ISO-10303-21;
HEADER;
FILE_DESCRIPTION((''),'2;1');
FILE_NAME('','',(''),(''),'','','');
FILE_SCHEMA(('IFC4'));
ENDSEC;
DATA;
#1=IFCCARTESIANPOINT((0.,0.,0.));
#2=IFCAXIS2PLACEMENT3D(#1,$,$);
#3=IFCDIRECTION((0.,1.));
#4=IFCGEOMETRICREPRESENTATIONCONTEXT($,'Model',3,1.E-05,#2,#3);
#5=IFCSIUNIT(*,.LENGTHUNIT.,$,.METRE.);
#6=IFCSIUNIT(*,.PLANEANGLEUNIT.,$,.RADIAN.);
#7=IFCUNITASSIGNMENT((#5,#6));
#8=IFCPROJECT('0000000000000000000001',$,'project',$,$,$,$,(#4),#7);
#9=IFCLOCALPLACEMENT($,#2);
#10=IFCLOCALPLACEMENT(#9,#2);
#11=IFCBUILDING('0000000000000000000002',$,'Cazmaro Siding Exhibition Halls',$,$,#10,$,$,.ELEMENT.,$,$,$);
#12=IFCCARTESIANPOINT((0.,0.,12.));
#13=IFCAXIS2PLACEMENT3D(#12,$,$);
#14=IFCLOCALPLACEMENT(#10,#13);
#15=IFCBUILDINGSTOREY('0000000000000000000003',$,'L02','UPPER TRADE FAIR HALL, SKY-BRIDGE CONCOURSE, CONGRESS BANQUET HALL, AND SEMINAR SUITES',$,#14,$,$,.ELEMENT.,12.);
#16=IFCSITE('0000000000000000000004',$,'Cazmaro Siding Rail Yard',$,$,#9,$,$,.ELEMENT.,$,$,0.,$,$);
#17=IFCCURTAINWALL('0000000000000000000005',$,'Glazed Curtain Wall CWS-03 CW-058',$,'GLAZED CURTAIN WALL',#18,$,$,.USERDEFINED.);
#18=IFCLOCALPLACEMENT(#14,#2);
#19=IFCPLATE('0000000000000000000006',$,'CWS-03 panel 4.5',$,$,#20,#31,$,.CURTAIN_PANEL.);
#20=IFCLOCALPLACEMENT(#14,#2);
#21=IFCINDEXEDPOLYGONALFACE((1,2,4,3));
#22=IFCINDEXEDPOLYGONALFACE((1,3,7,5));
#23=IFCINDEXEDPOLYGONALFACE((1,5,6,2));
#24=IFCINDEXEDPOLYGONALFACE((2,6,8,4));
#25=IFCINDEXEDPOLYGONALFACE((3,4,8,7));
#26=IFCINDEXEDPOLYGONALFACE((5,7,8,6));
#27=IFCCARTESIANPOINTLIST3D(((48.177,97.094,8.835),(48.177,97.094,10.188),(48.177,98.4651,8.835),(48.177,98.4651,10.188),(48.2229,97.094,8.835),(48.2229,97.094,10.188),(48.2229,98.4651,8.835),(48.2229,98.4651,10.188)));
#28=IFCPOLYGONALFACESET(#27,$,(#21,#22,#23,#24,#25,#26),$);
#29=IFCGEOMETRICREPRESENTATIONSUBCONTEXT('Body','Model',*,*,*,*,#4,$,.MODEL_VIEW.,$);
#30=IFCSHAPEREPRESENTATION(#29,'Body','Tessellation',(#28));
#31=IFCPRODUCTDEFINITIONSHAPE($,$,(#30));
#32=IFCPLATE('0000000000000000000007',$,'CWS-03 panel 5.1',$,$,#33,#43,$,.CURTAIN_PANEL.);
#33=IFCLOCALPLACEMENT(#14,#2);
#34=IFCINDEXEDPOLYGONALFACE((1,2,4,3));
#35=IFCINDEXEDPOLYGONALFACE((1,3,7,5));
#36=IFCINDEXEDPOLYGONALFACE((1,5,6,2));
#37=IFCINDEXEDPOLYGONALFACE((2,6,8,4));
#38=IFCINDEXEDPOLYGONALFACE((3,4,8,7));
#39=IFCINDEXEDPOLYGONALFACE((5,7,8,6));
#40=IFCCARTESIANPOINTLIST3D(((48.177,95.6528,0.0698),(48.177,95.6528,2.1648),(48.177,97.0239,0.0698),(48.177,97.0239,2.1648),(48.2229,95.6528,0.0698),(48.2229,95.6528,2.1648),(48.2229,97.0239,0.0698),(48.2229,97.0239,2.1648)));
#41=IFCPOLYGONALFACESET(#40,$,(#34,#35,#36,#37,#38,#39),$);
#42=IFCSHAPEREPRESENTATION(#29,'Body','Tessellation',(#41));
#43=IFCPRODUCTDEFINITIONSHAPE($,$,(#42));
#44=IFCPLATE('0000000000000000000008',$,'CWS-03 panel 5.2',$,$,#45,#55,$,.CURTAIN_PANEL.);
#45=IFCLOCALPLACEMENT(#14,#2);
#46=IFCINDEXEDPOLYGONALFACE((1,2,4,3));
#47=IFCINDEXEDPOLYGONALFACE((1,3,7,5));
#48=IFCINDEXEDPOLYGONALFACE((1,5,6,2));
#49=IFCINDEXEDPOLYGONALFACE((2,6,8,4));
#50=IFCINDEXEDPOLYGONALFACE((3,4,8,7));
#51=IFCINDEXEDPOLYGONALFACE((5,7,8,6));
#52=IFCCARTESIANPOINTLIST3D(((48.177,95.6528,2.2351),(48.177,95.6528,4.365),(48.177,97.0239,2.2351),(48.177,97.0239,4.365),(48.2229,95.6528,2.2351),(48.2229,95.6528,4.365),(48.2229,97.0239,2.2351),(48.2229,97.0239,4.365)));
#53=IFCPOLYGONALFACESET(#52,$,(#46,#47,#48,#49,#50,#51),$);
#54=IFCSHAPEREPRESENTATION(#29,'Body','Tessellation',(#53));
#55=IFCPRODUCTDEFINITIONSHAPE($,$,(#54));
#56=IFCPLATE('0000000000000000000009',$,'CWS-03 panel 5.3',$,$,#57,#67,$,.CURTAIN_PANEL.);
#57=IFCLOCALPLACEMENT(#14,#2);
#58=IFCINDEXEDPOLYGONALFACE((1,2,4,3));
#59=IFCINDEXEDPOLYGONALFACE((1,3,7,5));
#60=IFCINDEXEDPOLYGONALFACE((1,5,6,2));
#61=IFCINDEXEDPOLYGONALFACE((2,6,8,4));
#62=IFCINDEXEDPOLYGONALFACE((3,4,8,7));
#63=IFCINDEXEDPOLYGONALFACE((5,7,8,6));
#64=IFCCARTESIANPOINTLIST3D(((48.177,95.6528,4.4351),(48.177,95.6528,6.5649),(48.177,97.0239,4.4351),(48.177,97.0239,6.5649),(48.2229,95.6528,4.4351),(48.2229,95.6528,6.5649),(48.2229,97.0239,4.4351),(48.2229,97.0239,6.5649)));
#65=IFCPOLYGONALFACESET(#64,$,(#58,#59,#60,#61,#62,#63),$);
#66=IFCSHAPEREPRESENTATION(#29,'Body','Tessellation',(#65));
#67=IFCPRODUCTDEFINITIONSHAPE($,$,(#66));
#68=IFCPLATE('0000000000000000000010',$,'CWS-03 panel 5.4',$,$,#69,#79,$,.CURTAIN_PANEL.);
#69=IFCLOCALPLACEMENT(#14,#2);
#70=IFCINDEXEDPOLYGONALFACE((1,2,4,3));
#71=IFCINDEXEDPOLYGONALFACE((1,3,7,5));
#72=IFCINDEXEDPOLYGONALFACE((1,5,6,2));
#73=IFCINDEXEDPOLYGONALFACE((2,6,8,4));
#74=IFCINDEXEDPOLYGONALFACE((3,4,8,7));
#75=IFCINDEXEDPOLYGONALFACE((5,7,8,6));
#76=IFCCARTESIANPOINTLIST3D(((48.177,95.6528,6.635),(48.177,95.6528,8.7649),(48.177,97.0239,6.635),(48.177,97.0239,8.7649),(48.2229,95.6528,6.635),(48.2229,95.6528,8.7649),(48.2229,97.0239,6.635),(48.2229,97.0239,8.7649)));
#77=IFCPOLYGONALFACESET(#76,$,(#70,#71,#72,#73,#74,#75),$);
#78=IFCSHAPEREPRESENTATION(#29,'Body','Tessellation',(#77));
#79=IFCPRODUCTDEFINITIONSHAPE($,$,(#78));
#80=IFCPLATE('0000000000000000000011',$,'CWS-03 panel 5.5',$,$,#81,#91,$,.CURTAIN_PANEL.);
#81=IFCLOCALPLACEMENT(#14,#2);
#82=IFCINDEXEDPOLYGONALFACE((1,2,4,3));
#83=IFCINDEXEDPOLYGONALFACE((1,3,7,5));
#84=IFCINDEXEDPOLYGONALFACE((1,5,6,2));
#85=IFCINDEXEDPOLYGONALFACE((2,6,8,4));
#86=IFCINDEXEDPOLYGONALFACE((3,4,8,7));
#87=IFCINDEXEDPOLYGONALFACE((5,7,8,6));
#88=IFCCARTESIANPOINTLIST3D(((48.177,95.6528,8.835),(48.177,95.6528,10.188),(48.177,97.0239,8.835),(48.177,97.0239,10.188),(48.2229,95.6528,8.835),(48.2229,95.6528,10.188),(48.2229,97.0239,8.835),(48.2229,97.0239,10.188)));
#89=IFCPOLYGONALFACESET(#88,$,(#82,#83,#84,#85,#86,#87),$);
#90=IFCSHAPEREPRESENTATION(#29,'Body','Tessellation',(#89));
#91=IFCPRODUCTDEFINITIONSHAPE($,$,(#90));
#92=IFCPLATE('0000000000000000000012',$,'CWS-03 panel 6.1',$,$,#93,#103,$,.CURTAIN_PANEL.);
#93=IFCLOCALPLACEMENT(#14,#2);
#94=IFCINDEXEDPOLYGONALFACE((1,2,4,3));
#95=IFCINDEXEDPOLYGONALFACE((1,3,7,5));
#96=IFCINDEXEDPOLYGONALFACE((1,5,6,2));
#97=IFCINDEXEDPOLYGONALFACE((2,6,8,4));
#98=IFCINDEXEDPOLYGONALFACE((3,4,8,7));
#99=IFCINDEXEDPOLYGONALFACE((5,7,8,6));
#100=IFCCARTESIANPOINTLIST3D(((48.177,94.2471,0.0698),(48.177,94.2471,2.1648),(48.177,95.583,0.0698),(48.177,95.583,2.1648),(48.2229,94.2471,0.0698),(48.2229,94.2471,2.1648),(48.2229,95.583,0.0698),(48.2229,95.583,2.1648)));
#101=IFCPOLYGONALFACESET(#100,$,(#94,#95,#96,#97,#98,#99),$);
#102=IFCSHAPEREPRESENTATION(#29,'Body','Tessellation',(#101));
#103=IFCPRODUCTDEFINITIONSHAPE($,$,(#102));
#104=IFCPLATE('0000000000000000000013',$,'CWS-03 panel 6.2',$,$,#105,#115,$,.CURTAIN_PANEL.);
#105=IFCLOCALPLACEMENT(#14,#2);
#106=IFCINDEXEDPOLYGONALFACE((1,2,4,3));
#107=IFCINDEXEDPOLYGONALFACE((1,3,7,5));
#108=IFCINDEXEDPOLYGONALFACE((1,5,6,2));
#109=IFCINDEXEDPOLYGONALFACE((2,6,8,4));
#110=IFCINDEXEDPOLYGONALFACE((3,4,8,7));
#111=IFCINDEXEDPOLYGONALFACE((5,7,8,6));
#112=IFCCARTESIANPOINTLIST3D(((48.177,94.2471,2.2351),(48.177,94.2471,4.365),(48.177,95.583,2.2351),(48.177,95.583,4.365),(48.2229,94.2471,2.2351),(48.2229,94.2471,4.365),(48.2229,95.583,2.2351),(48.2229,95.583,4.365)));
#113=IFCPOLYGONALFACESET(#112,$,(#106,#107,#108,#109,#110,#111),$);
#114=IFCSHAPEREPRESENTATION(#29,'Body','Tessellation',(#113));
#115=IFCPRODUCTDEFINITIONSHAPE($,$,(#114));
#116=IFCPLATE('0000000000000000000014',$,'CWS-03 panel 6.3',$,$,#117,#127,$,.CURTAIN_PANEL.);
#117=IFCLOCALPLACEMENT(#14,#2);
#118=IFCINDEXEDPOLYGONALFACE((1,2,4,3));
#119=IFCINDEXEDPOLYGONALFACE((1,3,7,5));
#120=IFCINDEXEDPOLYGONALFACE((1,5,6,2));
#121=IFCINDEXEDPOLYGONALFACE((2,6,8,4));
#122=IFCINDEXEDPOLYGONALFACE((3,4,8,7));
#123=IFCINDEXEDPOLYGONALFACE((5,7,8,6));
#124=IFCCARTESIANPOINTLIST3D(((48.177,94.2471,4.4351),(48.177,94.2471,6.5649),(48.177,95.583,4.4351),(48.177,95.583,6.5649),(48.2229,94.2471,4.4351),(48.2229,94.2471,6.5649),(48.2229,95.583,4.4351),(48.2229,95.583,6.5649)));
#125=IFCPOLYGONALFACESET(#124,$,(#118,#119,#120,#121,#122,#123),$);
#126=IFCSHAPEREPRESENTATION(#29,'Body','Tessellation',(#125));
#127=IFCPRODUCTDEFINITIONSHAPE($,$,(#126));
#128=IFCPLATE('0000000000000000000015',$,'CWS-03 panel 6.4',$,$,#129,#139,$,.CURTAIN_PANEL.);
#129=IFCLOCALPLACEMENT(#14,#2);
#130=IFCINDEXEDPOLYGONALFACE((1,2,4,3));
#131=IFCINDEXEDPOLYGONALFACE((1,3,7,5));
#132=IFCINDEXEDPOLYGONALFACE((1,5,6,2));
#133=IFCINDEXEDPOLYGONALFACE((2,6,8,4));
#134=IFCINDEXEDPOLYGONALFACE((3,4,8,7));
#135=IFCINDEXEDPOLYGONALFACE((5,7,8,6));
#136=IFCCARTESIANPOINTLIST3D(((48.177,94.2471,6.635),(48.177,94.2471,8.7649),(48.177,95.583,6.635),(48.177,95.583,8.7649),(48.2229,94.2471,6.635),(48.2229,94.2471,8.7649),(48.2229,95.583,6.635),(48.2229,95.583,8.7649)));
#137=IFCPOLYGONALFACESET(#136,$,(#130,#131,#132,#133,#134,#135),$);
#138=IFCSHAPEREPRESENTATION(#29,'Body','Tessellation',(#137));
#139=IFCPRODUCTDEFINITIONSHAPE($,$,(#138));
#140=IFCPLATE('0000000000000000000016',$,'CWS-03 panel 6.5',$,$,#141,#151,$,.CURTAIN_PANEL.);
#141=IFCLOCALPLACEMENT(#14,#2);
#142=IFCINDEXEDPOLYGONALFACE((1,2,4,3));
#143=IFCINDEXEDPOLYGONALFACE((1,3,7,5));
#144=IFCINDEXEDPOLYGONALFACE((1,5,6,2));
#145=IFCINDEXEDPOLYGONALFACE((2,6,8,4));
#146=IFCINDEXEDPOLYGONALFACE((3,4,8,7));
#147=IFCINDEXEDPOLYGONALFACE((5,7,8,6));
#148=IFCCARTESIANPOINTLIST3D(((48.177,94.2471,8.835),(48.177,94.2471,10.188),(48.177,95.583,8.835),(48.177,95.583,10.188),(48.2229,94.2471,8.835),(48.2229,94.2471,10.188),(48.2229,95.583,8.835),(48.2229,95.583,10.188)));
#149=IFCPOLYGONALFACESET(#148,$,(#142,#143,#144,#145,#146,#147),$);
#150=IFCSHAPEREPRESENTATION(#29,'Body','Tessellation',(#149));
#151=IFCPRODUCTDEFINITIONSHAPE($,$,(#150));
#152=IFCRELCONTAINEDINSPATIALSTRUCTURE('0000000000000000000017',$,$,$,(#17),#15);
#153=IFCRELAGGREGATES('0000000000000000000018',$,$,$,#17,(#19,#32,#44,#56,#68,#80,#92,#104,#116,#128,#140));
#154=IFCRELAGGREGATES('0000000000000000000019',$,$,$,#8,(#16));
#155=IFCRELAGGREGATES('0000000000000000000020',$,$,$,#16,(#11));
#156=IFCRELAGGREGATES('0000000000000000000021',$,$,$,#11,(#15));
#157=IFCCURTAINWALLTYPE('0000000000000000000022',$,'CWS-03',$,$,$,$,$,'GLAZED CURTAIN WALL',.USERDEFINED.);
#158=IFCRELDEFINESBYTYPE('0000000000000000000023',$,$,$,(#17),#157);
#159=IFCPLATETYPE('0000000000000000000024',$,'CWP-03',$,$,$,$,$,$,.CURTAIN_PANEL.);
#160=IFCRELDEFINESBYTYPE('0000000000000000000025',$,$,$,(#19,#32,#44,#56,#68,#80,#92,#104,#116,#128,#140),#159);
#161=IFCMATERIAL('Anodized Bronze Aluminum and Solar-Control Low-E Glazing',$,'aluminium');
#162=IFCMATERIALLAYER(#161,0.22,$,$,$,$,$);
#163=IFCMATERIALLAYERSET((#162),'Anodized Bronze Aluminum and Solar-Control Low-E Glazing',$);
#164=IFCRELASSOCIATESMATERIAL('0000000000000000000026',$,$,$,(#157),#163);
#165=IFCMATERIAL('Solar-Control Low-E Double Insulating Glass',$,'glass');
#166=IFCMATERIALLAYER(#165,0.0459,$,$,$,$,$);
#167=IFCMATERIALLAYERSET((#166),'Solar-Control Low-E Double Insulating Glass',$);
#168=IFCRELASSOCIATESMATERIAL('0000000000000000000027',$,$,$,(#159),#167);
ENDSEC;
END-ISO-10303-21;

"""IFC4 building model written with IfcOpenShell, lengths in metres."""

from ifc_helpers import new_model, si_unit, direction, frame, origin, origin_2d, place, context, subcontext, project, spatial, rectangle, extrude, material, layer, layer_set, type_object, element, aggregate, save


model = new_model("IFC4")

# Units and contexts
model_context = context("Model", 3, precision=1e-05, world=origin(), true_north=direction((0.0, 1.0)))
body_context = subcontext(model_context, "Body", "Model", "MODEL_VIEW")
ifc_project = project(units=[si_unit("LENGTHUNIT", "METRE"), si_unit("PLANEANGLEUNIT", "RADIAN")], contexts=[model_context])

# Site, building, storey
site_placement = place(None, origin())
site = spatial("IfcSite", under=ifc_project, at=site_placement, Name="Cazmaro Siding Rail Yard", CompositionType="ELEMENT", RefElevation=0.0)
building_placement = place(site_placement, origin())
building = spatial("IfcBuilding", under=site, at=building_placement, Name="Cazmaro Siding Exhibition Halls", CompositionType="ELEMENT")
storey_placement = place(building_placement, frame((0.0, 0.0, 12.0)))
storey = spatial("IfcBuildingStorey", under=building, at=storey_placement, Name="L02", Description="UPPER TRADE FAIR HALL, SKY-BRIDGE CONCOURSE, CONGRESS BANQUET HALL, AND SEMINAR SUITES", CompositionType="ELEMENT", Elevation=12.0)

# Shared definitions
ifc_material_1 = material(Name="Anodized Bronze Aluminum and Solar-Control Low-E Glazing", Category="aluminium")
ifc_layer_1 = layer(ifc_material_1, 0.22)
ifc_layer_set_1 = layer_set([ifc_layer_1], Name="Anodized Bronze Aluminum and Solar-Control Low-E Glazing")
curtain_wall_type = type_object("IfcCurtainWallType", Name="CWS-03", ElementType="GLAZED CURTAIN WALL", PredefinedType="USERDEFINED", material=ifc_layer_set_1)

# Curtain wall
curtain_wall_1_placement = place(storey_placement, origin())
curtain_wall_1 = element("IfcCurtainWall", 1, at=curtain_wall_1_placement, inside=storey, type_object=curtain_wall_type, Name="Glazed Curtain Wall CWS-03 CW-058", ObjectType="GLAZED CURTAIN WALL", PredefinedType="USERDEFINED")

# Plates
ifc_material_2 = material(Name="Solar-Control Low-E Double Insulating Glass", Category="glass")
ifc_layer_2 = layer(ifc_material_2, 0.0459)
ifc_layer_set_2 = layer_set([ifc_layer_2], Name="Solar-Control Low-E Double Insulating Glass")
plate_type = type_object("IfcPlateType", Name="CWP-03", PredefinedType="CURTAIN_PANEL", material=ifc_layer_set_2)
plate_1_placement = place(storey_placement, frame((48.2, 97.7795, 8.835), z_axis=(0.0, 0.0, 1.0), x_axis=(0.0, -1.0, 0.0)))
plate_1 = element("IfcPlate", 2, at=plate_1_placement, type_object=plate_type, Name="CWS-03 panel 4.5", PredefinedType="CURTAIN_PANEL", context=body_context, shape_type="SweptSolid", body=[
    extrude(rectangle(XDim=1.3711, YDim=0.0459, at=origin_2d()), origin(), (0.0, 0.0, 1.0), 1.353),
])
plate_2_placement = place(storey_placement, frame((48.2, 96.3384, 0.0698), z_axis=(0.0, 0.0, 1.0), x_axis=(0.0, -1.0, 0.0)))
plate_2 = element("IfcPlate", 3, at=plate_2_placement, type_object=plate_type, Name="CWS-03 panel 5.1", PredefinedType="CURTAIN_PANEL", context=body_context, shape_type="SweptSolid", body=[
    extrude(rectangle(XDim=1.3711, YDim=0.0459, at=origin_2d()), origin(), (0.0, 0.0, 1.0), 2.095),
])
plate_3_placement = place(storey_placement, frame((48.2, 96.3384, 2.2351), z_axis=(0.0, 0.0, 1.0), x_axis=(0.0, -1.0, 0.0)))
plate_3 = element("IfcPlate", 4, at=plate_3_placement, type_object=plate_type, Name="CWS-03 panel 5.2", PredefinedType="CURTAIN_PANEL", context=body_context, shape_type="SweptSolid", body=[
    extrude(rectangle(XDim=1.3711, YDim=0.0459, at=origin_2d()), origin(), (0.0, 0.0, 1.0), 2.1299),
])
plate_4_placement = place(storey_placement, frame((48.2, 96.3384, 4.4351), z_axis=(0.0, 0.0, 1.0), x_axis=(0.0, -1.0, 0.0)))
plate_4 = element("IfcPlate", 5, at=plate_4_placement, type_object=plate_type, Name="CWS-03 panel 5.3", PredefinedType="CURTAIN_PANEL", context=body_context, shape_type="SweptSolid", body=[
    extrude(rectangle(XDim=1.3711, YDim=0.0459, at=origin_2d()), origin(), (0.0, 0.0, 1.0), 2.1299),
])
plate_5_placement = place(storey_placement, frame((48.2, 96.3384, 6.635), z_axis=(0.0, 0.0, 1.0), x_axis=(0.0, -1.0, 0.0)))
plate_5 = element("IfcPlate", 6, at=plate_5_placement, type_object=plate_type, Name="CWS-03 panel 5.4", PredefinedType="CURTAIN_PANEL", context=body_context, shape_type="SweptSolid", body=[
    extrude(rectangle(XDim=1.3711, YDim=0.0459, at=origin_2d()), origin(), (0.0, 0.0, 1.0), 2.1299),
])
plate_6_placement = place(storey_placement, frame((48.2, 96.3384, 8.835), z_axis=(0.0, 0.0, 1.0), x_axis=(0.0, -1.0, 0.0)))
plate_6 = element("IfcPlate", 7, at=plate_6_placement, type_object=plate_type, Name="CWS-03 panel 5.5", PredefinedType="CURTAIN_PANEL", context=body_context, shape_type="SweptSolid", body=[
    extrude(rectangle(XDim=1.3711, YDim=0.0459, at=origin_2d()), origin(), (0.0, 0.0, 1.0), 1.353),
])
plate_7_placement = place(storey_placement, frame((48.2, 94.915, 0.0698), z_axis=(0.0, 0.0, 1.0), x_axis=(0.0, -1.0, 0.0)))
plate_7 = element("IfcPlate", 8, at=plate_7_placement, type_object=plate_type, Name="CWS-03 panel 6.1", PredefinedType="CURTAIN_PANEL", context=body_context, shape_type="SweptSolid", body=[
    extrude(rectangle(XDim=1.3359, YDim=0.0459, at=origin_2d()), origin(), (0.0, 0.0, 1.0), 2.095),
])
plate_8_placement = place(storey_placement, frame((48.2, 94.915, 2.2351), z_axis=(0.0, 0.0, 1.0), x_axis=(0.0, -1.0, 0.0)))
plate_8 = element("IfcPlate", 9, at=plate_8_placement, type_object=plate_type, Name="CWS-03 panel 6.2", PredefinedType="CURTAIN_PANEL", context=body_context, shape_type="SweptSolid", body=[
    extrude(rectangle(XDim=1.3359, YDim=0.0459, at=origin_2d()), origin(), (0.0, 0.0, 1.0), 2.1299),
])
plate_9_placement = place(storey_placement, frame((48.2, 94.915, 4.4351), z_axis=(0.0, 0.0, 1.0), x_axis=(0.0, -1.0, 0.0)))
plate_9 = element("IfcPlate", 10, at=plate_9_placement, type_object=plate_type, Name="CWS-03 panel 6.3", PredefinedType="CURTAIN_PANEL", context=body_context, shape_type="SweptSolid", body=[
    extrude(rectangle(XDim=1.3359, YDim=0.0459, at=origin_2d()), origin(), (0.0, 0.0, 1.0), 2.1299),
])
plate_10_placement = place(storey_placement, frame((48.2, 94.915, 6.635), z_axis=(0.0, 0.0, 1.0), x_axis=(0.0, -1.0, 0.0)))
plate_10 = element("IfcPlate", 11, at=plate_10_placement, type_object=plate_type, Name="CWS-03 panel 6.4", PredefinedType="CURTAIN_PANEL", context=body_context, shape_type="SweptSolid", body=[
    extrude(rectangle(XDim=1.3359, YDim=0.0459, at=origin_2d()), origin(), (0.0, 0.0, 1.0), 2.1299),
])
plate_11_placement = place(storey_placement, frame((48.2, 94.915, 8.835), z_axis=(0.0, 0.0, 1.0), x_axis=(0.0, -1.0, 0.0)))
plate_11 = element("IfcPlate", 12, at=plate_11_placement, type_object=plate_type, Name="CWS-03 panel 6.5", PredefinedType="CURTAIN_PANEL", context=body_context, shape_type="SweptSolid", body=[
    extrude(rectangle(XDim=1.3359, YDim=0.0459, at=origin_2d()), origin(), (0.0, 0.0, 1.0), 1.353),
])
aggregate(curtain_wall_1, [plate_1, plate_2, plate_3, plate_4, plate_5, plate_6, plate_7, plate_8, plate_9, plate_10, plate_11])

save(model, "model.ifc")
